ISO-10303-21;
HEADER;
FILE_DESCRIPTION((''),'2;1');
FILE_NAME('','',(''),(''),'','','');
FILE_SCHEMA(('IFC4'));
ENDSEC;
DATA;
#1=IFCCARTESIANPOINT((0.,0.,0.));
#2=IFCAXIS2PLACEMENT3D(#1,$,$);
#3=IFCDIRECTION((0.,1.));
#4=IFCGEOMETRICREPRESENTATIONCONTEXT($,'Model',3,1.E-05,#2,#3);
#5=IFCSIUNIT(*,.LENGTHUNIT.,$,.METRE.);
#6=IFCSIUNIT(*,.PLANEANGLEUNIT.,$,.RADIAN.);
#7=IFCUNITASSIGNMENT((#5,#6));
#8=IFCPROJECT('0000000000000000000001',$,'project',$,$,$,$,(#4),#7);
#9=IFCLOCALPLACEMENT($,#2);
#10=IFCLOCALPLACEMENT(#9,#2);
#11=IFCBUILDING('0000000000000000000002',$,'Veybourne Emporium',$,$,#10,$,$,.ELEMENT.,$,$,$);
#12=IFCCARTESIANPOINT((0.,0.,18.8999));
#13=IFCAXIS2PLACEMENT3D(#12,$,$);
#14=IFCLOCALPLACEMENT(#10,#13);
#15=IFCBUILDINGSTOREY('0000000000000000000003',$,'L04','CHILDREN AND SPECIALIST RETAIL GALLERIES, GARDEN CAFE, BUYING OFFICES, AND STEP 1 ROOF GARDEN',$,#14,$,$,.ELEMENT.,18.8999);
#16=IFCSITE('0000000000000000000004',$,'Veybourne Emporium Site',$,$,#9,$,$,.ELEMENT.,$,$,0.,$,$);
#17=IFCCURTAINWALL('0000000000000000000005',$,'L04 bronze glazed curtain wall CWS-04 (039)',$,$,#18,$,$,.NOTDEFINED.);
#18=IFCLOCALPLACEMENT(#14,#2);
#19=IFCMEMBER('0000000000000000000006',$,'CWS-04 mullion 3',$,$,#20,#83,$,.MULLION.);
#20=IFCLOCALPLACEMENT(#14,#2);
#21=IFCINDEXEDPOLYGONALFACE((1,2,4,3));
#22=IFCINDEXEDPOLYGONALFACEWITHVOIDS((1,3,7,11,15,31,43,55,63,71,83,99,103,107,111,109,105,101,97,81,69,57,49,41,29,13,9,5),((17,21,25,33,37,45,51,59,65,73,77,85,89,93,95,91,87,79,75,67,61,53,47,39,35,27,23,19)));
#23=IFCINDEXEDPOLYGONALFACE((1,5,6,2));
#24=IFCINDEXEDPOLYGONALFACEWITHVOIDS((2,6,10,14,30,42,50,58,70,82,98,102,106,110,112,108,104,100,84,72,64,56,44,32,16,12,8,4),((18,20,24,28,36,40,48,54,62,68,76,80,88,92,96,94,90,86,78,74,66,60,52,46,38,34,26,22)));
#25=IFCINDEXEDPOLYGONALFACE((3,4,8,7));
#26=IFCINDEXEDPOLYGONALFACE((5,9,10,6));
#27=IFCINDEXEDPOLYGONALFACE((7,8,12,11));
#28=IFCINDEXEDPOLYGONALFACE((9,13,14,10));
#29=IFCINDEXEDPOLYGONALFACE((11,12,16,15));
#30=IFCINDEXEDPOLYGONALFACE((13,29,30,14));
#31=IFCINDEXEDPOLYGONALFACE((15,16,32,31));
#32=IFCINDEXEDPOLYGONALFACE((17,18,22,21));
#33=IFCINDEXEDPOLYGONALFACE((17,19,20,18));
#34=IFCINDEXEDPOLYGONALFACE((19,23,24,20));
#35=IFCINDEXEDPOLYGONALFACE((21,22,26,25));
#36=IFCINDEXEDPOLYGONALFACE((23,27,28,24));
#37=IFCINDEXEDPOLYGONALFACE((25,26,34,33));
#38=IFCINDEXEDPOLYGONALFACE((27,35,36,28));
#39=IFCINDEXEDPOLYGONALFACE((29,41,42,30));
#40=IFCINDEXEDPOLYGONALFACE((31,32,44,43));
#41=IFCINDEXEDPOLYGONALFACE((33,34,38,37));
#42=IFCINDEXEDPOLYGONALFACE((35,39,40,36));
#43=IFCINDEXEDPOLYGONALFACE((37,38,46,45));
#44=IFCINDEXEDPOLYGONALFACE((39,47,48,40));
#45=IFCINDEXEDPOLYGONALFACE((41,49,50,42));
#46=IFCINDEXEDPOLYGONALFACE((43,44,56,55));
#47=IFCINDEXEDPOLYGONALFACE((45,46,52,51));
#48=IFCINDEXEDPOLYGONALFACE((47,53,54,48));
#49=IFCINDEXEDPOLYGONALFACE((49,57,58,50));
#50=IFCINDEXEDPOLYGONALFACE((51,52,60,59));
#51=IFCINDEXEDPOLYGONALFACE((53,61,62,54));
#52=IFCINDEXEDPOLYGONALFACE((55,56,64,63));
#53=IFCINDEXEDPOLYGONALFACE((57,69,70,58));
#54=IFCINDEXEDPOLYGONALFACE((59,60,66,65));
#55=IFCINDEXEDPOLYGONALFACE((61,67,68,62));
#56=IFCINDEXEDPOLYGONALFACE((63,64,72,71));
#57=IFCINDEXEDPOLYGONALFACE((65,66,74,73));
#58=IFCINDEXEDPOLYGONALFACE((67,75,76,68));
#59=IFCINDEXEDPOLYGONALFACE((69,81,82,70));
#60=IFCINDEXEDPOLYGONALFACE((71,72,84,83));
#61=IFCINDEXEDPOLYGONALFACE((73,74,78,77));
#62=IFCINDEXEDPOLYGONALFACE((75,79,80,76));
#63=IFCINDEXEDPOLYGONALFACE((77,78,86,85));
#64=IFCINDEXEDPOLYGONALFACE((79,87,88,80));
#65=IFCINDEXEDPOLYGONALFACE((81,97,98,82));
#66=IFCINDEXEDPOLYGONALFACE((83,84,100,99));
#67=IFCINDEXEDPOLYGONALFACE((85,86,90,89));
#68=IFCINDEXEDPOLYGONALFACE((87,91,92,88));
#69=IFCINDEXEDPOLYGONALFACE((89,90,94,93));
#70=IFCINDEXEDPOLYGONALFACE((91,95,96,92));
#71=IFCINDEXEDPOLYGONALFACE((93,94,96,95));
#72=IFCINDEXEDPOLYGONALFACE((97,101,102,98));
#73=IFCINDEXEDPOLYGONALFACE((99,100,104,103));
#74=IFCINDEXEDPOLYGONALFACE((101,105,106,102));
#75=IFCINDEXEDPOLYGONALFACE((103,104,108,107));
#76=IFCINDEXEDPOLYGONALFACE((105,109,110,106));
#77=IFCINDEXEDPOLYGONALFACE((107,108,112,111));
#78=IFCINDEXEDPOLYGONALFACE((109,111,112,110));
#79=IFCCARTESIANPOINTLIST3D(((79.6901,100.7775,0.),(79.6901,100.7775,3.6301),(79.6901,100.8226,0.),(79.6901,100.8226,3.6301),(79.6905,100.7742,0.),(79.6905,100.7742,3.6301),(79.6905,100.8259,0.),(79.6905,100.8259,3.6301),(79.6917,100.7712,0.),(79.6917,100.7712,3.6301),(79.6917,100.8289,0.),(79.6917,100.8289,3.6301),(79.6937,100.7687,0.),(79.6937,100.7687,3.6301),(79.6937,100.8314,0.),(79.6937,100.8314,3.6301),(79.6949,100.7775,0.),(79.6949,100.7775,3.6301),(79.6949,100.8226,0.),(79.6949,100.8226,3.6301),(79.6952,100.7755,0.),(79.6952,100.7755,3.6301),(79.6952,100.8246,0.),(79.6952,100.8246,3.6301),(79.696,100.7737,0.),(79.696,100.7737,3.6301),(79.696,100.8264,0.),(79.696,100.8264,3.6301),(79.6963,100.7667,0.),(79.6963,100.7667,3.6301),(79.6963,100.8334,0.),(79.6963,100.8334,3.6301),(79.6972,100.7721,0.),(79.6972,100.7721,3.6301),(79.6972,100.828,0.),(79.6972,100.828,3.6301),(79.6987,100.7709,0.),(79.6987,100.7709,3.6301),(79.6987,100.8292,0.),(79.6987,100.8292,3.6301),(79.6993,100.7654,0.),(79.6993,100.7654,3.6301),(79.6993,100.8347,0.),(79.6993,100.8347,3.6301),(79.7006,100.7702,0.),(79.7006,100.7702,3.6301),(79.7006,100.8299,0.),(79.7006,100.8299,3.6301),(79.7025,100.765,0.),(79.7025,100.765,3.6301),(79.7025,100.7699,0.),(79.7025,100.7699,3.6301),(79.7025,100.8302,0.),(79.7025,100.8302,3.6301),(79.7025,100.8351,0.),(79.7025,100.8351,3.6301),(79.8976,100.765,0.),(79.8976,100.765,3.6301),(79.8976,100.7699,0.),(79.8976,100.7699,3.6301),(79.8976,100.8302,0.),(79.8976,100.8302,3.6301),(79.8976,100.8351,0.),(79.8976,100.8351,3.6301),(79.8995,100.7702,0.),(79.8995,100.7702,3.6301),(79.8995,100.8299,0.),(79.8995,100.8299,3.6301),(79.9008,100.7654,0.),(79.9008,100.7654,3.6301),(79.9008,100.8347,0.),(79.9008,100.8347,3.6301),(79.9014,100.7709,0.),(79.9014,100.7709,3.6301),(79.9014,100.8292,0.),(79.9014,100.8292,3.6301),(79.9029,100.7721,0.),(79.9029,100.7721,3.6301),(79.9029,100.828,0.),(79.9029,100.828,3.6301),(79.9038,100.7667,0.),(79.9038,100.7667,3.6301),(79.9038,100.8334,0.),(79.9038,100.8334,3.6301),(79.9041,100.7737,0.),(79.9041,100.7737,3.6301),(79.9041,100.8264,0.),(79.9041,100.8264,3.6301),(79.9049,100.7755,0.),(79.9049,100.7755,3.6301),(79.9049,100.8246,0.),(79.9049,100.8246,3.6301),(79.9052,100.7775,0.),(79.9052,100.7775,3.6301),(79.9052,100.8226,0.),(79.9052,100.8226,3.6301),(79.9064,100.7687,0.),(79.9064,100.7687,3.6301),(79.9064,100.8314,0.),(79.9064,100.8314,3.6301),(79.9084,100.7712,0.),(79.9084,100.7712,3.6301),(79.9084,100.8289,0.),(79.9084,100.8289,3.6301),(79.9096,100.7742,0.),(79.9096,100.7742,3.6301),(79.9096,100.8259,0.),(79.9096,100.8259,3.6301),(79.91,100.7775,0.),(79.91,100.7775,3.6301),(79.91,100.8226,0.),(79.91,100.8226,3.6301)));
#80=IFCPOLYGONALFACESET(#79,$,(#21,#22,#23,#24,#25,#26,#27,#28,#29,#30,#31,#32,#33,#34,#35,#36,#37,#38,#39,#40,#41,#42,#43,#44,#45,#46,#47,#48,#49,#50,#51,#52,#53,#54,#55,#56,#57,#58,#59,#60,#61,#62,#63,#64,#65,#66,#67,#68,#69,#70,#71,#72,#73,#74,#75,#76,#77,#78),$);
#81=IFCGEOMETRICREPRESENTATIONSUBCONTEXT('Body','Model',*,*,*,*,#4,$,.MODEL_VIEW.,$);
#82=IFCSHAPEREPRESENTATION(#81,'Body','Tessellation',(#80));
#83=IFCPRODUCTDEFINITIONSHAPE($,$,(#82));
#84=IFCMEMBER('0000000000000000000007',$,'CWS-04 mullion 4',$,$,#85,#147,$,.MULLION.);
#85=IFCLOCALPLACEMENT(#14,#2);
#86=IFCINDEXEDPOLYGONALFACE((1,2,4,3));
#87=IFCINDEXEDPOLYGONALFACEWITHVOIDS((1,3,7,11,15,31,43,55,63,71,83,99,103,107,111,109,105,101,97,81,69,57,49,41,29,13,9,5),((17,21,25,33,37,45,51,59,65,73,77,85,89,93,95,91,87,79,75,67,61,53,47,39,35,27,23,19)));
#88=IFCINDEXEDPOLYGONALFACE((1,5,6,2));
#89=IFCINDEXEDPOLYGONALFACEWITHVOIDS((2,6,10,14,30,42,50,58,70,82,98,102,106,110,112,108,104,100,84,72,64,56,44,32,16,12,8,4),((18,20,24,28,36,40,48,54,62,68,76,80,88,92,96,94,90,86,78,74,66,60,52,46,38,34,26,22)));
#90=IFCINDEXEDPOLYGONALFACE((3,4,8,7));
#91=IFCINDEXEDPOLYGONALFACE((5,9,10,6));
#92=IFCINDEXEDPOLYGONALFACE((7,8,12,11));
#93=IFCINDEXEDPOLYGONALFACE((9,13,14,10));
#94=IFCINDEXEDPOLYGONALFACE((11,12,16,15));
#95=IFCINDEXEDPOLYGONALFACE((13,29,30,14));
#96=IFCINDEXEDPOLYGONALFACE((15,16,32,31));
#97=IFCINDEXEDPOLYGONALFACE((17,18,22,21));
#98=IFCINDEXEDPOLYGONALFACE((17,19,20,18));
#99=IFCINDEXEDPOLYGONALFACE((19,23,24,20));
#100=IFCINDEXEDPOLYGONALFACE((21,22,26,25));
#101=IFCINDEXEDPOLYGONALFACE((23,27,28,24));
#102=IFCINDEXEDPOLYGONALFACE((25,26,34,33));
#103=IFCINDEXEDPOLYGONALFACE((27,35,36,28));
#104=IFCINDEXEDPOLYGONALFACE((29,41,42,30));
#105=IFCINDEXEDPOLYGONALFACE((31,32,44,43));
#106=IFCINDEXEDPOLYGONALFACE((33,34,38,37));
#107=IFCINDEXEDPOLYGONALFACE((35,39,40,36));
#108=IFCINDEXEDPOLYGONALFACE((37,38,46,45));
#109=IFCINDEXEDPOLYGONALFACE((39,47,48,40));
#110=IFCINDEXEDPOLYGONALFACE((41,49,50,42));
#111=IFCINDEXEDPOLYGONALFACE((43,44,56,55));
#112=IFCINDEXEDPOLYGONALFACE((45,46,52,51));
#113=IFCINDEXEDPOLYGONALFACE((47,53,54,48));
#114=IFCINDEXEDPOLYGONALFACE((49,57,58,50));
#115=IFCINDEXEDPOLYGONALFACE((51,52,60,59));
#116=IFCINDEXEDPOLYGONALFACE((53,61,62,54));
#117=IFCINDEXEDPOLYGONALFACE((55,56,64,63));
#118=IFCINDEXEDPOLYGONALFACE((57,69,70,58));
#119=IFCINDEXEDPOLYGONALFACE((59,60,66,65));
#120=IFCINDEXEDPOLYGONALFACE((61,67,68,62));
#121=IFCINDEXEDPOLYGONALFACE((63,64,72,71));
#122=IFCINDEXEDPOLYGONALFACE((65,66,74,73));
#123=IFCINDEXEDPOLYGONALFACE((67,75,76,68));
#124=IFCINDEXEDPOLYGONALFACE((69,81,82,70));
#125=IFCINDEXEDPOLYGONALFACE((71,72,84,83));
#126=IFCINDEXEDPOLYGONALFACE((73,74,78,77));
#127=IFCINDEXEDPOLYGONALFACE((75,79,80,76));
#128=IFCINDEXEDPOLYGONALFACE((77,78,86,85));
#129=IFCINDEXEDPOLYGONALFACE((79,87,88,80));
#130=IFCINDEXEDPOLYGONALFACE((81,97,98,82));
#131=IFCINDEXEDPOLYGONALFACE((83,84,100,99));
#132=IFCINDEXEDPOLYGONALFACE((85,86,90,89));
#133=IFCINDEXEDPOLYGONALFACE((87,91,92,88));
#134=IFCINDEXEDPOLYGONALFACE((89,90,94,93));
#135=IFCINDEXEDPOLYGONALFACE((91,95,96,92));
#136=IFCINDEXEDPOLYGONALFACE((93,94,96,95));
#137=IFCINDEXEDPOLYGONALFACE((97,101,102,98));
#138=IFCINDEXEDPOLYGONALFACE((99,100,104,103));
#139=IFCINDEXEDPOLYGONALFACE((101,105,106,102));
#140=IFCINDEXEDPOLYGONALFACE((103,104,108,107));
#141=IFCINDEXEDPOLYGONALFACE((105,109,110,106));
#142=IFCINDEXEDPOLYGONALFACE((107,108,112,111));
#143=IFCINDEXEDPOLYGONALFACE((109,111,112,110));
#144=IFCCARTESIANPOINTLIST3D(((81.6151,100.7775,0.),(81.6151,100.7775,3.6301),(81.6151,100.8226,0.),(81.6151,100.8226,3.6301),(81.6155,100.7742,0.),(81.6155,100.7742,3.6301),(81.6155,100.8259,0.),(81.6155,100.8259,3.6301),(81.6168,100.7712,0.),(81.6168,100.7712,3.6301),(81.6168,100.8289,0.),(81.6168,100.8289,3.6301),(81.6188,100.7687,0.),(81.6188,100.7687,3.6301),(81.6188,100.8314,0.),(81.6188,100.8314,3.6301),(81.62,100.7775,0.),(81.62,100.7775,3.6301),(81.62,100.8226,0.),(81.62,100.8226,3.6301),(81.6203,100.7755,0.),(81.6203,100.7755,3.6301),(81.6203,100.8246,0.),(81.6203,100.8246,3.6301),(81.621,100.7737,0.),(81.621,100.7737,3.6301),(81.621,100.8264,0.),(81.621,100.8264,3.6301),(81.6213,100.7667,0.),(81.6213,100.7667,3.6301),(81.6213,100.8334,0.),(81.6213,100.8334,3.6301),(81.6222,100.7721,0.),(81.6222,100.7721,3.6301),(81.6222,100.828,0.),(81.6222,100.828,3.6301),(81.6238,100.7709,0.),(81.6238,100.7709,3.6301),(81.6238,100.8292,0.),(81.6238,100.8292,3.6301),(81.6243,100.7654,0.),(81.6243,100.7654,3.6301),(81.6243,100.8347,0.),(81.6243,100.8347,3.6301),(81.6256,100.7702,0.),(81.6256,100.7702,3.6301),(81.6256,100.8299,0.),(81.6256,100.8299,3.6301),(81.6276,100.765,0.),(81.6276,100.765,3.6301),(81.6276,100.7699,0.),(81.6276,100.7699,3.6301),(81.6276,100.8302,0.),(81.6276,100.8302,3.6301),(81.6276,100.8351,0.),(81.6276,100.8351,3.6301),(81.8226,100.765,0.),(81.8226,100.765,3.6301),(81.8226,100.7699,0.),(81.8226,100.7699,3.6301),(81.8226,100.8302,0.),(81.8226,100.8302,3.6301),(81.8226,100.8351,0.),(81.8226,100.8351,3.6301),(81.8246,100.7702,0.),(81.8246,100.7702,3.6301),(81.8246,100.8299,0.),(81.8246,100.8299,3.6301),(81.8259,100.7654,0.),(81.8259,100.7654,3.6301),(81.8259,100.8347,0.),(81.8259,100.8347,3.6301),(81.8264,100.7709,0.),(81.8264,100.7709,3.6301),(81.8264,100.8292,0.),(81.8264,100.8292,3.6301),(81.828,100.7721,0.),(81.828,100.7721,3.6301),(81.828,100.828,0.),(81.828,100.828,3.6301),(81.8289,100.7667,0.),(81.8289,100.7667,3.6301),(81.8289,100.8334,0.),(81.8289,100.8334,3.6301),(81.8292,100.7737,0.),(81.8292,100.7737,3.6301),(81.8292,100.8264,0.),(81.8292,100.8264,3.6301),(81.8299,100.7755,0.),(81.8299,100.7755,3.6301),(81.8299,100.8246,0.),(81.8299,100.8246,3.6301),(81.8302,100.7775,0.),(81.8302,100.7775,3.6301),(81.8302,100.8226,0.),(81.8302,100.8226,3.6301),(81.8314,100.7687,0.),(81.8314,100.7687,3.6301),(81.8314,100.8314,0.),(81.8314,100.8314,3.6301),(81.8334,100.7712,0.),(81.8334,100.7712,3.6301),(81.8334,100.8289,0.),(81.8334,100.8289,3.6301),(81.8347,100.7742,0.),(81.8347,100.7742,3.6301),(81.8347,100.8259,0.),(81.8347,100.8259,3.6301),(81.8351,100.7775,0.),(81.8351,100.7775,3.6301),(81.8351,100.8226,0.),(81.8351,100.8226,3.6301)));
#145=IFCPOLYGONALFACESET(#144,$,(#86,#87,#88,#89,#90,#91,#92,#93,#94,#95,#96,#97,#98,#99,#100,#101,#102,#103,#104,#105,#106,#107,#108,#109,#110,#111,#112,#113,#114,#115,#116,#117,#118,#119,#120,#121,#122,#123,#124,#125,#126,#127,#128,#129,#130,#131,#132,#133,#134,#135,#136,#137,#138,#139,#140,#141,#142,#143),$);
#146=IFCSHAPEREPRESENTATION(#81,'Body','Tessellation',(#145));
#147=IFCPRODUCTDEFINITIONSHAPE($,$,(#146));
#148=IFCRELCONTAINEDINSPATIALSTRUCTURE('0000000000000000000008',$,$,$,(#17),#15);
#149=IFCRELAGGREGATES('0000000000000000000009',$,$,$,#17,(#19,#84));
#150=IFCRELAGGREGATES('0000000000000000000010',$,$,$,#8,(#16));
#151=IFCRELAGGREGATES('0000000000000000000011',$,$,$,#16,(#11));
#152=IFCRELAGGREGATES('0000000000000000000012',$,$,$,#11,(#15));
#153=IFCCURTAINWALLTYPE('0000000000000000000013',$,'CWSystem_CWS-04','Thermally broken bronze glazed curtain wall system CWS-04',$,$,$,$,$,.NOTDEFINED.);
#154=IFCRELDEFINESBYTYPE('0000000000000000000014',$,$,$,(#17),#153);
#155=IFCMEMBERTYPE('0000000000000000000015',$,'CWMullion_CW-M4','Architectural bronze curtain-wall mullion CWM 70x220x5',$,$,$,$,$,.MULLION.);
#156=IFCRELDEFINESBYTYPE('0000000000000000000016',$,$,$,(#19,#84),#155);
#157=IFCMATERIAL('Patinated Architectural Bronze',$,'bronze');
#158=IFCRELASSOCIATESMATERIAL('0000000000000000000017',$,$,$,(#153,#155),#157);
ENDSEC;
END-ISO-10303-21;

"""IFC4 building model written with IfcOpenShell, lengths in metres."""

from ifc_helpers import new_model, si_unit, direction, frame, origin, origin_2d, place, context, subcontext, project, spatial, hollow_rectangle, extrude, material, material_profile, profile_set, type_object, element, aggregate, save


model = new_model("IFC4")

# Units and contexts
model_context = context("Model", 3, precision=1e-05, world=origin(), true_north=direction((0.0, 1.0)))
body_context = subcontext(model_context, "Body", "Model", "MODEL_VIEW")
ifc_project = project(units=[si_unit("LENGTHUNIT", "METRE"), si_unit("PLANEANGLEUNIT", "RADIAN")], contexts=[model_context])

# Site, building, storey
site_placement = place(None, origin())
site = spatial("IfcSite", under=ifc_project, at=site_placement, Name="Veybourne Emporium Site", CompositionType="ELEMENT", RefElevation=0.0)
building_placement = place(site_placement, origin())
building = spatial("IfcBuilding", under=site, at=building_placement, Name="Veybourne Emporium", CompositionType="ELEMENT")
storey_placement = place(building_placement, frame((0.0, 0.0, 18.8999)))
storey = spatial("IfcBuildingStorey", under=building, at=storey_placement, Name="L04", Description="CHILDREN AND SPECIALIST RETAIL GALLERIES, GARDEN CAFE, BUYING OFFICES, AND STEP 1 ROOF GARDEN", CompositionType="ELEMENT", Elevation=18.8999)

# Curtain wall, members
ifc_material_1 = material(Name="Patinated Architectural Bronze", Category="bronze")
curtain_wall_type = type_object("IfcCurtainWallType", Name="CWSystem_CWS-04", Description="Thermally broken bronze glazed curtain wall system CWS-04", PredefinedType="NOTDEFINED", material=ifc_material_1)
curtain_wall_placement = place(storey_placement, origin())
curtain_wall = element("IfcCurtainWall", 1, at=curtain_wall_placement, inside=storey, type_object=curtain_wall_type, Name="L04 bronze glazed curtain wall CWS-04 (039)", PredefinedType="NOTDEFINED")
ifc_material_profile_1 = material_profile(ifc_material_1, hollow_rectangle(XDim=0.0701, YDim=0.22, WallThickness=0.0049, InnerFilletRadius=0.0076, OuterFilletRadius=0.0125, at=origin_2d()), Name="CWM 70x220x5")
ifc_profile_set_1 = profile_set([ifc_material_profile_1], Name="Patinated Architectural Bronze")
member_type_1 = type_object("IfcMemberType", Name="CWMullion_CW-M4", Description="Architectural bronze curtain-wall mullion CWM 70x220x5", PredefinedType="MULLION", material=ifc_profile_set_1)
member_1_placement = place(storey_placement, frame((79.8, 100.8, 0.0), z_axis=(0.0, 0.0, 1.0), x_axis=(0.0, 1.0, 0.0)))
member_1 = element("IfcMember", 2, at=member_1_placement, type_object=member_type_1, Name="CWS-04 mullion 3", PredefinedType="MULLION", context=body_context, shape_type="SweptSolid", body=[
    extrude(hollow_rectangle(XDim=0.0701, YDim=0.22, WallThickness=0.0049, InnerFilletRadius=0.0076, OuterFilletRadius=0.0125, at=origin_2d()), origin(), (0.0, 0.0, 1.0), 3.6301),
])
member_2_placement = place(storey_placement, frame((81.7251, 100.8, 0.0), z_axis=(0.0, 0.0, 1.0), x_axis=(0.0, 1.0, 0.0)))
member_2 = element("IfcMember", 3, at=member_2_placement, type_object=member_type_1, Name="CWS-04 mullion 4", PredefinedType="MULLION", context=body_context, shape_type="SweptSolid", body=[
    extrude(hollow_rectangle(XDim=0.0701, YDim=0.22, WallThickness=0.0049, InnerFilletRadius=0.0076, OuterFilletRadius=0.0125, at=origin_2d()), origin(), (0.0, 0.0, 1.0), 3.6301),
])
aggregate(curtain_wall, [member_1, member_2])

save(model, "model.ifc")
